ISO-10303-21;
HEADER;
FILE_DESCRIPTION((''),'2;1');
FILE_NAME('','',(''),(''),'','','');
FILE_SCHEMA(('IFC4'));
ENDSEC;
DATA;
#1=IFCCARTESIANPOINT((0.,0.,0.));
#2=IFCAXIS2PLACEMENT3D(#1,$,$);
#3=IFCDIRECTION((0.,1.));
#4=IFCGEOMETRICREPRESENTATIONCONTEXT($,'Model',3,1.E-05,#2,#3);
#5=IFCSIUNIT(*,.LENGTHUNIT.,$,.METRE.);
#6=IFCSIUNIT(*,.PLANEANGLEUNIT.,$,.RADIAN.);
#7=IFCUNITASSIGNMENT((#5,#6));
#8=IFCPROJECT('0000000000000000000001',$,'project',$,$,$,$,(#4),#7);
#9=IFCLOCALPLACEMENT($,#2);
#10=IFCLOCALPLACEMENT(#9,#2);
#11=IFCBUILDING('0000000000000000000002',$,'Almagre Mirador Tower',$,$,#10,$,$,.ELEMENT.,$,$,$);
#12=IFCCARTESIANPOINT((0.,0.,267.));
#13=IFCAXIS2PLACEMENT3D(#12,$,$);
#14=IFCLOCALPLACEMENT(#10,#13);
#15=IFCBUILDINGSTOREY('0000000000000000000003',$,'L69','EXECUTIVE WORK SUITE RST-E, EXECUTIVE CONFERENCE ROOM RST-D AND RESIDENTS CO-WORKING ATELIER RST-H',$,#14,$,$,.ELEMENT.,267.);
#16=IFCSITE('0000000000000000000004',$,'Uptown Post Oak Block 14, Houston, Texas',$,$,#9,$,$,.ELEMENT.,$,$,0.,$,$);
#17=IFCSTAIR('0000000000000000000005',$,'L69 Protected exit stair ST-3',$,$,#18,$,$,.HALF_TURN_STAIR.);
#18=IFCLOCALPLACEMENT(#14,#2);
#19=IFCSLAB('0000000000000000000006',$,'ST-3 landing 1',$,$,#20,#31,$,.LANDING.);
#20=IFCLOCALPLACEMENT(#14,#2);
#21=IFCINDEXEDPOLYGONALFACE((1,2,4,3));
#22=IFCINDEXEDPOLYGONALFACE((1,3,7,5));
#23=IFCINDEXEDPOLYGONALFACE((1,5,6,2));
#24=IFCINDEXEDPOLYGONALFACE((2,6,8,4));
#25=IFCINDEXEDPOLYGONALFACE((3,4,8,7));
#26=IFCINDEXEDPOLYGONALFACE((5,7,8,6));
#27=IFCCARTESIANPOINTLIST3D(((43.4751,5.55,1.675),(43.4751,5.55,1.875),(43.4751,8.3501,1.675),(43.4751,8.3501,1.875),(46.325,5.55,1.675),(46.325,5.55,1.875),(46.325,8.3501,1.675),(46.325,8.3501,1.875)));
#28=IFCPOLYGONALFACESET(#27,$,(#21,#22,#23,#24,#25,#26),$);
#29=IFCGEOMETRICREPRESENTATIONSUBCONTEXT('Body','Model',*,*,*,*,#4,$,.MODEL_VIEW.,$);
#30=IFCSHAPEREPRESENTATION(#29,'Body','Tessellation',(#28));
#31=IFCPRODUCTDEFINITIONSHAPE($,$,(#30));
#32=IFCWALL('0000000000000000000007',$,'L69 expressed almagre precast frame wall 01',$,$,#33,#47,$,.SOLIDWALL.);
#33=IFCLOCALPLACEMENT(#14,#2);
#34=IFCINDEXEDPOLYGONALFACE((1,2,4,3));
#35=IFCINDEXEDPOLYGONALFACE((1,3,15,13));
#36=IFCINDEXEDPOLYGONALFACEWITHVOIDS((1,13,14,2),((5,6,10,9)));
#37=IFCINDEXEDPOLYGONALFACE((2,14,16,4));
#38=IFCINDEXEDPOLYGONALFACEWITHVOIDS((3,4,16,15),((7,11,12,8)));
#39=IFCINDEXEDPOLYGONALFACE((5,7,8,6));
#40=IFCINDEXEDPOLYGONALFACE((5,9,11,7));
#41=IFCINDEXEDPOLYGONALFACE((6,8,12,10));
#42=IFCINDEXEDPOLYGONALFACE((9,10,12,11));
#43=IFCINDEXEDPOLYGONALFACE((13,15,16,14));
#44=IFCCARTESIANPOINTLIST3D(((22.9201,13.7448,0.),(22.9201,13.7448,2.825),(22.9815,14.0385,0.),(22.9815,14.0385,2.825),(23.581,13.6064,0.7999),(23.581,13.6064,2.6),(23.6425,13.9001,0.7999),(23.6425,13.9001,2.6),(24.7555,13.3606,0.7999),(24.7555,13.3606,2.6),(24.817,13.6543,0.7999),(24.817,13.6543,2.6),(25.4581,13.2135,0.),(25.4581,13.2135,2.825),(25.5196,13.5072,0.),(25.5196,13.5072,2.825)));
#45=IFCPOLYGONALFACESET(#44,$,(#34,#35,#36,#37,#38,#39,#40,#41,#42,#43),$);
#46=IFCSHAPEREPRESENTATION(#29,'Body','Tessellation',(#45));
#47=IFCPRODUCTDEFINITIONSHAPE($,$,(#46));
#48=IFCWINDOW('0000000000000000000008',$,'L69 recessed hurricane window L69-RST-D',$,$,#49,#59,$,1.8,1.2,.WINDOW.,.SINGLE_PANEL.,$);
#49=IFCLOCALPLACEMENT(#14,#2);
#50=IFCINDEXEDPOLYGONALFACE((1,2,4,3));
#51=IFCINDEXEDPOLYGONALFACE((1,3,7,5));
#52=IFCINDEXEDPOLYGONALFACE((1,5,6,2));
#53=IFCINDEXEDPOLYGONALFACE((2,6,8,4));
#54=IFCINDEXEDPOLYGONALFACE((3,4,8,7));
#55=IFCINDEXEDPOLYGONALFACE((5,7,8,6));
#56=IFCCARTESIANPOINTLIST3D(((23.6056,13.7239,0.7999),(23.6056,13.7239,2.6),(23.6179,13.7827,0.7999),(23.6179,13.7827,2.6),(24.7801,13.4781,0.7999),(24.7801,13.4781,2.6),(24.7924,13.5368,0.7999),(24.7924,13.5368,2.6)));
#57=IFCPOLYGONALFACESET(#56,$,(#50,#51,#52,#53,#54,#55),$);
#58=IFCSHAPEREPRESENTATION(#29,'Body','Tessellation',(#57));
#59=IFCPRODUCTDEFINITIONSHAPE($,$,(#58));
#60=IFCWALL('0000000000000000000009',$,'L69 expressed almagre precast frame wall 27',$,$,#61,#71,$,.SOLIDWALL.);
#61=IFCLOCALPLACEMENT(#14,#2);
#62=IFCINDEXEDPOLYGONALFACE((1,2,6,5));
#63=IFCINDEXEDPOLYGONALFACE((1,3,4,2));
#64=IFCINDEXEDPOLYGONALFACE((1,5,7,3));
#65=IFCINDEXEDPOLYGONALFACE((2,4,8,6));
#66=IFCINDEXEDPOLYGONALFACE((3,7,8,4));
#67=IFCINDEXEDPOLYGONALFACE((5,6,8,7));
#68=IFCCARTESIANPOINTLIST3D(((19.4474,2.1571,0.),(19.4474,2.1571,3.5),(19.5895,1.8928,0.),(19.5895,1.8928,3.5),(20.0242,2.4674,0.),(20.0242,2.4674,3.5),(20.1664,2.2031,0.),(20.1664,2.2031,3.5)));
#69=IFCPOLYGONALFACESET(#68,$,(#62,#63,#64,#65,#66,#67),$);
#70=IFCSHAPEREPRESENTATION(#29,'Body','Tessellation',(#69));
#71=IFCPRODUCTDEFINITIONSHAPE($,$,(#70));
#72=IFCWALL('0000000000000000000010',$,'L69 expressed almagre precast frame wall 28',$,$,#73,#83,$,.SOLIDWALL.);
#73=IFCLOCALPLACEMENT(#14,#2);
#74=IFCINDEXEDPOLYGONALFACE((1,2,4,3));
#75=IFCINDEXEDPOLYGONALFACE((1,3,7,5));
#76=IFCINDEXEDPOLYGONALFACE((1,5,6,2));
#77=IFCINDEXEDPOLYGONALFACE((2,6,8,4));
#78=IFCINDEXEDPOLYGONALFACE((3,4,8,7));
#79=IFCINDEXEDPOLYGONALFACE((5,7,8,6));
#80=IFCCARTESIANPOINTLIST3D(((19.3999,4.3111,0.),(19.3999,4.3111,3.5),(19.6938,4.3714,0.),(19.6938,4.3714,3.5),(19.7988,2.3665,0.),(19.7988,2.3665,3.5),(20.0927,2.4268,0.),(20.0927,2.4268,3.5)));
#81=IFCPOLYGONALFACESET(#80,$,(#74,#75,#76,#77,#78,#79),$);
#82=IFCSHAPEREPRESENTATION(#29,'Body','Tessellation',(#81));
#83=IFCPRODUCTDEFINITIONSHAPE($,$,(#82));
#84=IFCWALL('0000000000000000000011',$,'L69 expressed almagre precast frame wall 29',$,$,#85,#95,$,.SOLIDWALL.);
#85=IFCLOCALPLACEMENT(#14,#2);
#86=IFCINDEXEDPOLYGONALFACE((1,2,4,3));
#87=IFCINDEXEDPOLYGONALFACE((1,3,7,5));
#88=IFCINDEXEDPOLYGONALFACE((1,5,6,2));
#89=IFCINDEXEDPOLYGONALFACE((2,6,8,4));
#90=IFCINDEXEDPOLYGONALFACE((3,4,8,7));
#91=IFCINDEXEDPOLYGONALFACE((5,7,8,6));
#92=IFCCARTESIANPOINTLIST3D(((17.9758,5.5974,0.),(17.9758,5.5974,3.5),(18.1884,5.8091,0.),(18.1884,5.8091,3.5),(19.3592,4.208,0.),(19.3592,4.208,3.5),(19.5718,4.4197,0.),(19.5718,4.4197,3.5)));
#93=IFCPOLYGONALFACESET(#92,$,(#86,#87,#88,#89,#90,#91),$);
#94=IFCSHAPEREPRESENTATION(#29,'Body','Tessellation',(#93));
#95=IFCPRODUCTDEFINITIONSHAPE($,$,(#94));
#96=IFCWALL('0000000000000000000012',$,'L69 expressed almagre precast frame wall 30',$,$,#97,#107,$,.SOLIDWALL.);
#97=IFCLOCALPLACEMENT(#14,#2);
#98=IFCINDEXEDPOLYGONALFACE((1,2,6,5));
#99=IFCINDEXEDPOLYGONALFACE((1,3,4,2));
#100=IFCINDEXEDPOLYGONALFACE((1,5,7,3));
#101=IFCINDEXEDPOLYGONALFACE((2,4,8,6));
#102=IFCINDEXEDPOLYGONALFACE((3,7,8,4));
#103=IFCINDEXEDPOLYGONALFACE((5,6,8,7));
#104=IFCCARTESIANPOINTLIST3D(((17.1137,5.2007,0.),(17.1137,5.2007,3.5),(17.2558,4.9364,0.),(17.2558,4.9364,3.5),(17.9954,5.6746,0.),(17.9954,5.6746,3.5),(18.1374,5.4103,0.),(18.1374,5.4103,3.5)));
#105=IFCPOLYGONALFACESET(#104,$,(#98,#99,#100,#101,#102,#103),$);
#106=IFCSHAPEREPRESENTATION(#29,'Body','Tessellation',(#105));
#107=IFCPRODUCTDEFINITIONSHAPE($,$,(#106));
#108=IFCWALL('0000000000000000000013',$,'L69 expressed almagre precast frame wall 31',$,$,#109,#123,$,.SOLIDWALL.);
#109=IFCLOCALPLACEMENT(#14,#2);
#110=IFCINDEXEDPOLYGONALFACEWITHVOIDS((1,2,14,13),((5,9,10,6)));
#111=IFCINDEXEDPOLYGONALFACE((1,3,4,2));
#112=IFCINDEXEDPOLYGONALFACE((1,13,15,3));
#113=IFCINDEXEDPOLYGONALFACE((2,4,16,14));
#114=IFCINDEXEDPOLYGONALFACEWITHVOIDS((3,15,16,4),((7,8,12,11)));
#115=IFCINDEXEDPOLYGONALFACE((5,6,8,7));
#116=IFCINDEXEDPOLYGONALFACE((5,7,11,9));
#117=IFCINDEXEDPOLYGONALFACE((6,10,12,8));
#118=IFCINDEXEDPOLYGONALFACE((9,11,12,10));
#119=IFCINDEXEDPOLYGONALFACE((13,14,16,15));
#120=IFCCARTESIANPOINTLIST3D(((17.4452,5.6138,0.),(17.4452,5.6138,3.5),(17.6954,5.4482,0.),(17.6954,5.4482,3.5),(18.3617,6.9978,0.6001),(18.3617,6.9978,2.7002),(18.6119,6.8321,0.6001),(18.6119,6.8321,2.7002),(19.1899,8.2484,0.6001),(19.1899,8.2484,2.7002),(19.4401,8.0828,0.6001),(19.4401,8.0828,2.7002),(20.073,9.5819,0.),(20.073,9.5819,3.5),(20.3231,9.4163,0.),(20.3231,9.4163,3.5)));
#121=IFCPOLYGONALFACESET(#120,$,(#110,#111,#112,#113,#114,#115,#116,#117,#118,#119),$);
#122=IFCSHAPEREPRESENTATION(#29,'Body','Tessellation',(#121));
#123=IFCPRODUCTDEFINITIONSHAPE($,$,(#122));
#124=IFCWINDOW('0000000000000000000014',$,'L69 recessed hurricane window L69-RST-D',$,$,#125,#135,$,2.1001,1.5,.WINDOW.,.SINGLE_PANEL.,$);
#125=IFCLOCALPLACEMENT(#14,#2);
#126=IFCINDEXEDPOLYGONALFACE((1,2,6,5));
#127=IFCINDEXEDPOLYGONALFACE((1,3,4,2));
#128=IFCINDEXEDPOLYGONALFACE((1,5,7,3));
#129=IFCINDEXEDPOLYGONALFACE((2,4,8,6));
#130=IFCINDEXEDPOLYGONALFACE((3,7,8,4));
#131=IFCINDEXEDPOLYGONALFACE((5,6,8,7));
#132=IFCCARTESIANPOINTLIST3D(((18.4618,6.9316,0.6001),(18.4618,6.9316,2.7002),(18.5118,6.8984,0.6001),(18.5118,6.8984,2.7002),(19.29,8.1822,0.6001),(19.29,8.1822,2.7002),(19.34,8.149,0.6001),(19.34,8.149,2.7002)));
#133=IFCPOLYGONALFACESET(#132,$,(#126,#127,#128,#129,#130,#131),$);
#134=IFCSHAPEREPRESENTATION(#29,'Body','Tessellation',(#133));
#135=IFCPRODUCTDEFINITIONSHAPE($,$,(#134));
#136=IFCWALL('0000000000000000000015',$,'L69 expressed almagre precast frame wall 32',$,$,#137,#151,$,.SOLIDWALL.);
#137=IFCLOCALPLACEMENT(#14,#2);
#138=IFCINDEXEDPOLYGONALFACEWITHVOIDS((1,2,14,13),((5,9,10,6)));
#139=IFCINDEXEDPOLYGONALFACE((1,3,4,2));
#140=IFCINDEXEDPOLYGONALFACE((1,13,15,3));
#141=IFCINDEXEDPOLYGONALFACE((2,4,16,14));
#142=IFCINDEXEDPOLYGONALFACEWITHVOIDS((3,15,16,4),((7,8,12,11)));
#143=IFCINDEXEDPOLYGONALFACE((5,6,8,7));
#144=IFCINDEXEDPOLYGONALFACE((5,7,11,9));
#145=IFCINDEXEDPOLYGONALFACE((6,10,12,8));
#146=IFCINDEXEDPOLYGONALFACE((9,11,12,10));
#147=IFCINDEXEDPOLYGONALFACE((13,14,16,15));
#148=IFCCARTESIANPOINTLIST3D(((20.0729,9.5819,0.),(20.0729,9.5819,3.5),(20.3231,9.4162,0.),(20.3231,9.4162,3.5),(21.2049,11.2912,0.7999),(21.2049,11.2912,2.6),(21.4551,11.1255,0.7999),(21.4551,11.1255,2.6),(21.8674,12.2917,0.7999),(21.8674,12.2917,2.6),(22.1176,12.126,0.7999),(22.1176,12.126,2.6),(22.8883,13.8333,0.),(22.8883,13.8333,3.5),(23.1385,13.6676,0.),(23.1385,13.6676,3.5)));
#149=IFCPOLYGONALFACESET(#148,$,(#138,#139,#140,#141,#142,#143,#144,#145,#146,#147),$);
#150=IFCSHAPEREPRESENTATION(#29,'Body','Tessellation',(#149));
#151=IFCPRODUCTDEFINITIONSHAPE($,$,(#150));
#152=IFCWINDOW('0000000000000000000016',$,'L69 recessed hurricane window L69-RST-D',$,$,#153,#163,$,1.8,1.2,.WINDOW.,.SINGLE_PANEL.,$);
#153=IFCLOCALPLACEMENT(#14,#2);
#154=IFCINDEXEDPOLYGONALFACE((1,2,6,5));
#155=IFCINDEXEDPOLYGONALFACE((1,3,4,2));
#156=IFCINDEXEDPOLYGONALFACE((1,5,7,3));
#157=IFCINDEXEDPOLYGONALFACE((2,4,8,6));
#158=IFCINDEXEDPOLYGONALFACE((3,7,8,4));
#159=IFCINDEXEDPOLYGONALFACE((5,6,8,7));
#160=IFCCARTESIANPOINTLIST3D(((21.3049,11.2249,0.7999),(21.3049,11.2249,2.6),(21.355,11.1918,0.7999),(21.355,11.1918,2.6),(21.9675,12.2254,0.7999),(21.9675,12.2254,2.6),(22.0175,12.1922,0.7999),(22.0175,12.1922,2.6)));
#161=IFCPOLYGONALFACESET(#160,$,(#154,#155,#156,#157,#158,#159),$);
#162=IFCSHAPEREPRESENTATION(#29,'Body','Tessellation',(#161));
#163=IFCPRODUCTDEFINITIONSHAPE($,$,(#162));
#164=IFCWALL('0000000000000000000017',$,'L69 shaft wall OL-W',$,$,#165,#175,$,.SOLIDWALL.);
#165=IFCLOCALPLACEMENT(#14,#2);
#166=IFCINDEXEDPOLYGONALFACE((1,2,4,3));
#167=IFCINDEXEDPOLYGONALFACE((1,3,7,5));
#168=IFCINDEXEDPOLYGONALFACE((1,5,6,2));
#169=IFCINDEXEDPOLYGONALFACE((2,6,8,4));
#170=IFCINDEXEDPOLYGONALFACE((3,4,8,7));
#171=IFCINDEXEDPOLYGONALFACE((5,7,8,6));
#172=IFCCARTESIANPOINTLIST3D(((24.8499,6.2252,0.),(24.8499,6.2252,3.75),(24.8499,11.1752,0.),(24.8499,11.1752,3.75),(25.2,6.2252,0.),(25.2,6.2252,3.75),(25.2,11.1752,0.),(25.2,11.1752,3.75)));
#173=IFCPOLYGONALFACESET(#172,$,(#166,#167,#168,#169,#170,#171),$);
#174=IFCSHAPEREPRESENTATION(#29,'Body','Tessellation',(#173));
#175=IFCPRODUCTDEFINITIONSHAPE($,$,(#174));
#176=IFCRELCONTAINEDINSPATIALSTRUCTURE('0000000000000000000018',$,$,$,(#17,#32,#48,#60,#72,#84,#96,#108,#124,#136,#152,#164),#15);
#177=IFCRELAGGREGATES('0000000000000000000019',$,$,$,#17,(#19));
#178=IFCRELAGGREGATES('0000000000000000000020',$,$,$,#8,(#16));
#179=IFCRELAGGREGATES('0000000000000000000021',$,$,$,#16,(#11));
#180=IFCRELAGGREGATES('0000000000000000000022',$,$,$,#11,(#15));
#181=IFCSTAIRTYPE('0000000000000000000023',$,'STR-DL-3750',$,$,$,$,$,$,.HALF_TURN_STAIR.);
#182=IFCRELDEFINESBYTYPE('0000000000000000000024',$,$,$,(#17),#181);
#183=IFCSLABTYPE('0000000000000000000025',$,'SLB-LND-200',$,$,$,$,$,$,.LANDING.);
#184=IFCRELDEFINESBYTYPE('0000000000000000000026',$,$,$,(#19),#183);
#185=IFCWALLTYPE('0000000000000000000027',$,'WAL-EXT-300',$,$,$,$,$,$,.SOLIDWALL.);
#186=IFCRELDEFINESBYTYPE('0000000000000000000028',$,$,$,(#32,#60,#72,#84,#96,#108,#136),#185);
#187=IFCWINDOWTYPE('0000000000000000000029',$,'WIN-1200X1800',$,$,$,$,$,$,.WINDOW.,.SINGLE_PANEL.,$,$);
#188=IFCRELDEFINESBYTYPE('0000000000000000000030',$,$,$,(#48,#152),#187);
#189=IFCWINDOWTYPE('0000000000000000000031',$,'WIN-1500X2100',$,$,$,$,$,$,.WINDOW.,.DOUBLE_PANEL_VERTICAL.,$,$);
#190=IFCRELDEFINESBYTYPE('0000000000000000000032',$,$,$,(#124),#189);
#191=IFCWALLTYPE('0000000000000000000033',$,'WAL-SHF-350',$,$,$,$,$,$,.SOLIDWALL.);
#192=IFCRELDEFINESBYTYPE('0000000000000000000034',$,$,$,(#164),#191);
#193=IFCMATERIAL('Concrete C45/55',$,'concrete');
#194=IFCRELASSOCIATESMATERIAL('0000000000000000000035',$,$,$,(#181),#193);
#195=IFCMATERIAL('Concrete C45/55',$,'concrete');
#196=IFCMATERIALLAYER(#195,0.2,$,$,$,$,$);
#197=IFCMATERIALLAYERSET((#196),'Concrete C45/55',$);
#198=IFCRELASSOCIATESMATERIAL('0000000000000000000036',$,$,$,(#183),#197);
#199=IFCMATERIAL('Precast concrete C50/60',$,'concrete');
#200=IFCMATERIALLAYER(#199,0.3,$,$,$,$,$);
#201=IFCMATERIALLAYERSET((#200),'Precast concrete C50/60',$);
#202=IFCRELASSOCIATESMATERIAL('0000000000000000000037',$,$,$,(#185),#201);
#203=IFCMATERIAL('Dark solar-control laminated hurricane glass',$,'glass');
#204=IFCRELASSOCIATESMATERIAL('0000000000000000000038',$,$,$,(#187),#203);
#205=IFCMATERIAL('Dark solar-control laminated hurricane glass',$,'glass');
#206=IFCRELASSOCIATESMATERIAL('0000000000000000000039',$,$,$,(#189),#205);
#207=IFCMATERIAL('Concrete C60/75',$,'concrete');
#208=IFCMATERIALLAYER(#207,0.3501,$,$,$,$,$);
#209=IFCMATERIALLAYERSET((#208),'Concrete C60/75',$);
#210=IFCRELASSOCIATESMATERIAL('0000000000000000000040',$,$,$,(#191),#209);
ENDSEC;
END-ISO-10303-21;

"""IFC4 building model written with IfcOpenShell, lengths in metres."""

from ifc_helpers import new_model, si_unit, direction, frame, frame_2d, origin, place, context, subcontext, project, spatial, polyline, rectangle, outline, extrude, material, layer, layer_set, type_object, element, fill, aggregate, save


model = new_model("IFC4")

# Units and contexts
model_context = context("Model", 3, precision=1e-05, world=origin(), true_north=direction((0.0, 1.0)))
body_context = subcontext(model_context, "Body", "Model", "MODEL_VIEW")
ifc_project = project(units=[si_unit("LENGTHUNIT", "METRE"), si_unit("PLANEANGLEUNIT", "RADIAN")], contexts=[model_context])

# Site, building, storey
site_placement = place(None, origin())
site = spatial("IfcSite", under=ifc_project, at=site_placement, Name="Uptown Post Oak Block 14, Houston, Texas", CompositionType="ELEMENT", RefElevation=0.0)
building_placement = place(site_placement, origin())
building = spatial("IfcBuilding", under=site, at=building_placement, Name="Almagre Mirador Tower", CompositionType="ELEMENT")
storey_placement = place(building_placement, frame((0.0, 0.0, 267.0)))
storey = spatial("IfcBuildingStorey", under=building, at=storey_placement, Name="L69", Description="EXECUTIVE WORK SUITE RST-E, EXECUTIVE CONFERENCE ROOM RST-D AND RESIDENTS CO-WORKING ATELIER RST-H", CompositionType="ELEMENT", Elevation=267.0)

# Stair, slab
ifc_material_1 = material(Name="Concrete C45/55", Category="concrete")
stair_type = type_object("IfcStairType", Name="STR-DL-3750", PredefinedType="HALF_TURN_STAIR", material=ifc_material_1)
ifc_material_2 = material(Name="Concrete C45/55", Category="concrete")
ifc_layer_1 = layer(ifc_material_2, 0.2)
ifc_layer_set_1 = layer_set([ifc_layer_1], Name="Concrete C45/55")
slab_type_1 = type_object("IfcSlabType", Name="SLB-LND-200", PredefinedType="LANDING", material=ifc_layer_set_1)
stair_1_placement = place(storey_placement, origin())
stair_1 = element("IfcStair", 1, at=stair_1_placement, inside=storey, type_object=stair_type, Name="L69 Protected exit stair ST-3", PredefinedType="HALF_TURN_STAIR")
slab_1_placement = place(storey_placement, frame((0.0, 0.0, 1.675)))
slab_1 = element("IfcSlab", 2, at=slab_1_placement, type_object=slab_type_1, Name="ST-3 landing 1", PredefinedType="LANDING", context=body_context, shape_type="SweptSolid", body=[
    extrude(outline(polyline([(43.4751, 8.3501), (43.4751, 5.55), (46.325, 5.55), (46.325, 8.3501), (43.4751, 8.3501)])), origin(), (0.0, 0.0, 1.0), 0.2),
])
aggregate(stair_1, [slab_1])

# Wall, opening, window
ifc_material_3 = material(Name="Precast concrete C50/60", Category="concrete")
ifc_layer_2 = layer(ifc_material_3, 0.3)
ifc_layer_set_2 = layer_set([ifc_layer_2], Name="Precast concrete C50/60")
wall_type_1 = type_object("IfcWallType", Name="WAL-EXT-300", PredefinedType="SOLIDWALL", material=ifc_layer_set_2)
wall_1_placement = place(storey_placement, frame((22.9509, 13.8916, 0.0), z_axis=(0.0, 0.0, 1.0), x_axis=(0.978789, -0.204872, 0.0)))
wall_1 = element("IfcWall", 3, at=wall_1_placement, inside=storey, type_object=wall_type_1, Name="L69 expressed almagre precast frame wall 01", PredefinedType="SOLIDWALL", context=body_context, shape_type="SweptSolid", body=[
    extrude(rectangle(XDim=2.593, YDim=0.3, at=frame_2d((1.2964, 0.0))), origin(), (0.0, 0.0, 1.0), 2.825),
])
opening_1_placement = place(wall_1_placement, frame((0.675, 0.0, 0.8)))
opening_1 = element("IfcOpeningElement", 4, at=opening_1_placement, cuts=wall_1, PredefinedType="OPENING", context=body_context, shape_type="SweptSolid", body=[
    extrude(rectangle(XDim=1.2, YDim=1.8, at=frame_2d((0.6001, 0.8999))), frame((0.0, 0.1599, 0.0), z_axis=(0.0, -1.0, 0.0), x_axis=(1.0, 0.0, 0.0)), (0.0, 0.0, 1.0), 0.32),
])
ifc_material_4 = material(Name="Dark solar-control laminated hurricane glass", Category="glass")
window_type_1 = type_object("IfcWindowType", Name="WIN-1200X1800", PartitioningType="SINGLE_PANEL", PredefinedType="WINDOW", material=ifc_material_4)
window_1_placement = place(opening_1_placement, origin())
window_1 = element("IfcWindow", 5, at=window_1_placement, inside=storey, type_object=window_type_1, Name="L69 recessed hurricane window L69-RST-D", OverallHeight=1.8, OverallWidth=1.2, PartitioningType="SINGLE_PANEL", PredefinedType="WINDOW", context=body_context, shape_type="SweptSolid", body=[
    extrude(rectangle(XDim=1.2, YDim=1.8, at=frame_2d((0.6001, 0.8999))), frame((0.0, 0.03, 0.0), z_axis=(0.0, -1.0, 0.0), x_axis=(1.0, 0.0, 0.0)), (0.0, 0.0, 1.0), 0.0601),
])
fill(opening_1, window_1)

# Walls
wall_2_placement = place(storey_placement, frame((19.5183, 2.0249, 0.0), z_axis=(0.0, 0.0, 1.0), x_axis=(0.880686, 0.4737, 0.0)))
element("IfcWall", 6, at=wall_2_placement, inside=storey, type_object=wall_type_1, Name="L69 expressed almagre precast frame wall 27", PredefinedType="SOLIDWALL", context=body_context, shape_type="SweptSolid", body=[
    extrude(rectangle(XDim=0.655, YDim=0.3, at=frame_2d((0.3276, 0.0))), origin(), (0.0, 0.0, 1.0), 3.5),
])
wall_3_placement = place(storey_placement, frame((19.9458, 2.3965, 0.0), z_axis=(0.0, 0.0, 1.0), x_axis=(-0.200962, 0.979599, 0.0)))
element("IfcWall", 7, at=wall_3_placement, inside=storey, type_object=wall_type_1, Name="L69 expressed almagre precast frame wall 28", PredefinedType="SOLIDWALL", context=body_context, shape_type="SweptSolid", body=[
    extrude(rectangle(XDim=1.9851, YDim=0.3, at=frame_2d((0.9927, 0.0))), origin(), (0.0, 0.0, 1.0), 3.5),
])
wall_4_placement = place(storey_placement, frame((19.4656, 4.3137, 0.0), z_axis=(0.0, 0.0, 1.0), x_axis=(-0.705549, 0.708662, 0.0)))
element("IfcWall", 8, at=wall_4_placement, inside=storey, type_object=wall_type_1, Name="L69 expressed almagre precast frame wall 29", PredefinedType="SOLIDWALL", context=body_context, shape_type="SweptSolid", body=[
    extrude(rectangle(XDim=1.9607, YDim=0.3, at=frame_2d((0.9805, 0.0))), origin(), (0.0, 0.0, 1.0), 3.5),
])
wall_5_placement = place(storey_placement, frame((18.0664, 5.5425, 0.0), z_axis=(0.0, 0.0, 1.0), x_axis=(-0.880815, -0.47346, 0.0)))
element("IfcWall", 9, at=wall_5_placement, inside=storey, type_object=wall_type_1, Name="L69 expressed almagre precast frame wall 30", PredefinedType="SOLIDWALL", context=body_context, shape_type="SweptSolid", body=[
    extrude(rectangle(XDim=1.001, YDim=0.3, at=frame_2d((0.5005, 0.0))), origin(), (0.0, 0.0, 1.0), 3.5),
])

# Walls, openings, windows
wall_6_placement = place(storey_placement, frame((17.5703, 5.531, 0.0), z_axis=(0.0, 0.0, 1.0), x_axis=(0.552129, 0.833759, 0.0)))
wall_6 = element("IfcWall", 10, at=wall_6_placement, inside=storey, type_object=wall_type_1, Name="L69 expressed almagre precast frame wall 31", PredefinedType="SOLIDWALL", context=body_context, shape_type="SweptSolid", body=[
    extrude(rectangle(XDim=4.7593, YDim=0.3, at=frame_2d((2.3796, 0.0))), origin(), (0.0, 0.0, 1.0), 3.5),
])
opening_2_placement = place(wall_6_placement, frame((1.6599, 0.0, 0.6001)))
opening_2 = element("IfcOpeningElement", 11, at=opening_2_placement, cuts=wall_6, PredefinedType="OPENING", context=body_context, shape_type="SweptSolid", body=[
    extrude(rectangle(XDim=1.5, YDim=2.1001, at=frame_2d((0.75, 1.05))), frame((0.0, 0.1599, 0.0), z_axis=(0.0, -1.0, 0.0), x_axis=(1.0, 0.0, 0.0)), (0.0, 0.0, 1.0), 0.32),
])
ifc_material_5 = material(Name="Dark solar-control laminated hurricane glass", Category="glass")
window_type_2 = type_object("IfcWindowType", Name="WIN-1500X2100", PartitioningType="DOUBLE_PANEL_VERTICAL", PredefinedType="WINDOW", material=ifc_material_5)
window_2_placement = place(opening_2_placement, origin())
window_2 = element("IfcWindow", 12, at=window_2_placement, inside=storey, type_object=window_type_2, Name="L69 recessed hurricane window L69-RST-D", OverallHeight=2.1001, OverallWidth=1.5, PartitioningType="SINGLE_PANEL", PredefinedType="WINDOW", context=body_context, shape_type="SweptSolid", body=[
    extrude(rectangle(XDim=1.5, YDim=2.1001, at=frame_2d((0.75, 1.05))), frame((0.0, 0.03, 0.0), z_axis=(0.0, -1.0, 0.0), x_axis=(1.0, 0.0, 0.0)), (0.0, 0.0, 1.0), 0.0601),
])
fill(opening_2, window_2)
wall_7_placement = place(storey_placement, frame((20.198, 9.499, 0.0), z_axis=(0.0, 0.0, 1.0), x_axis=(0.552134, 0.833755, 0.0)))
wall_7 = element("IfcWall", 13, at=wall_7_placement, inside=storey, type_object=wall_type_1, Name="L69 expressed almagre precast frame wall 32", PredefinedType="SOLIDWALL", context=body_context, shape_type="SweptSolid", body=[
    extrude(rectangle(XDim=5.0991, YDim=0.3, at=frame_2d((2.5496, 0.0))), origin(), (0.0, 0.0, 1.0), 3.5),
])
opening_3_placement = place(wall_7_placement, frame((2.05, 0.0, 0.8)))
opening_3 = element("IfcOpeningElement", 14, at=opening_3_placement, cuts=wall_7, PredefinedType="OPENING", context=body_context, shape_type="SweptSolid", body=[
    extrude(rectangle(XDim=1.2, YDim=1.8, at=frame_2d((0.6001, 0.8999))), frame((0.0, 0.1599, 0.0), z_axis=(0.0, -1.0, 0.0), x_axis=(1.0, 0.0, 0.0)), (0.0, 0.0, 1.0), 0.32),
])
window_3_placement = place(opening_3_placement, origin())
window_3 = element("IfcWindow", 15, at=window_3_placement, inside=storey, type_object=window_type_1, Name="L69 recessed hurricane window L69-RST-D", OverallHeight=1.8, OverallWidth=1.2, PartitioningType="SINGLE_PANEL", PredefinedType="WINDOW", context=body_context, shape_type="SweptSolid", body=[
    extrude(rectangle(XDim=1.2, YDim=1.8, at=frame_2d((0.6001, 0.8999))), frame((0.0, 0.03, 0.0), z_axis=(0.0, -1.0, 0.0), x_axis=(1.0, 0.0, 0.0)), (0.0, 0.0, 1.0), 0.0601),
])
fill(opening_3, window_3)

# Wall
ifc_material_6 = material(Name="Concrete C60/75", Category="concrete")
ifc_layer_3 = layer(ifc_material_6, 0.3501)
ifc_layer_set_3 = layer_set([ifc_layer_3], Name="Concrete C60/75")
wall_type_2 = type_object("IfcWallType", Name="WAL-SHF-350", PredefinedType="SOLIDWALL", material=ifc_layer_set_3)
wall_8_placement = place(storey_placement, frame((25.0249, 6.2251, 0.0), z_axis=(0.0, 0.0, 1.0), x_axis=(0.0, 1.0, 0.0)))
element("IfcWall", 16, at=wall_8_placement, inside=storey, type_object=wall_type_2, Name="L69 shaft wall OL-W", PredefinedType="SOLIDWALL", context=body_context, shape_type="SweptSolid", body=[
    extrude(rectangle(XDim=4.95, YDim=0.3501, at=frame_2d((2.4751, 0.0))), origin(), (0.0, 0.0, 1.0), 3.75),
])

save(model, "model.ifc")
